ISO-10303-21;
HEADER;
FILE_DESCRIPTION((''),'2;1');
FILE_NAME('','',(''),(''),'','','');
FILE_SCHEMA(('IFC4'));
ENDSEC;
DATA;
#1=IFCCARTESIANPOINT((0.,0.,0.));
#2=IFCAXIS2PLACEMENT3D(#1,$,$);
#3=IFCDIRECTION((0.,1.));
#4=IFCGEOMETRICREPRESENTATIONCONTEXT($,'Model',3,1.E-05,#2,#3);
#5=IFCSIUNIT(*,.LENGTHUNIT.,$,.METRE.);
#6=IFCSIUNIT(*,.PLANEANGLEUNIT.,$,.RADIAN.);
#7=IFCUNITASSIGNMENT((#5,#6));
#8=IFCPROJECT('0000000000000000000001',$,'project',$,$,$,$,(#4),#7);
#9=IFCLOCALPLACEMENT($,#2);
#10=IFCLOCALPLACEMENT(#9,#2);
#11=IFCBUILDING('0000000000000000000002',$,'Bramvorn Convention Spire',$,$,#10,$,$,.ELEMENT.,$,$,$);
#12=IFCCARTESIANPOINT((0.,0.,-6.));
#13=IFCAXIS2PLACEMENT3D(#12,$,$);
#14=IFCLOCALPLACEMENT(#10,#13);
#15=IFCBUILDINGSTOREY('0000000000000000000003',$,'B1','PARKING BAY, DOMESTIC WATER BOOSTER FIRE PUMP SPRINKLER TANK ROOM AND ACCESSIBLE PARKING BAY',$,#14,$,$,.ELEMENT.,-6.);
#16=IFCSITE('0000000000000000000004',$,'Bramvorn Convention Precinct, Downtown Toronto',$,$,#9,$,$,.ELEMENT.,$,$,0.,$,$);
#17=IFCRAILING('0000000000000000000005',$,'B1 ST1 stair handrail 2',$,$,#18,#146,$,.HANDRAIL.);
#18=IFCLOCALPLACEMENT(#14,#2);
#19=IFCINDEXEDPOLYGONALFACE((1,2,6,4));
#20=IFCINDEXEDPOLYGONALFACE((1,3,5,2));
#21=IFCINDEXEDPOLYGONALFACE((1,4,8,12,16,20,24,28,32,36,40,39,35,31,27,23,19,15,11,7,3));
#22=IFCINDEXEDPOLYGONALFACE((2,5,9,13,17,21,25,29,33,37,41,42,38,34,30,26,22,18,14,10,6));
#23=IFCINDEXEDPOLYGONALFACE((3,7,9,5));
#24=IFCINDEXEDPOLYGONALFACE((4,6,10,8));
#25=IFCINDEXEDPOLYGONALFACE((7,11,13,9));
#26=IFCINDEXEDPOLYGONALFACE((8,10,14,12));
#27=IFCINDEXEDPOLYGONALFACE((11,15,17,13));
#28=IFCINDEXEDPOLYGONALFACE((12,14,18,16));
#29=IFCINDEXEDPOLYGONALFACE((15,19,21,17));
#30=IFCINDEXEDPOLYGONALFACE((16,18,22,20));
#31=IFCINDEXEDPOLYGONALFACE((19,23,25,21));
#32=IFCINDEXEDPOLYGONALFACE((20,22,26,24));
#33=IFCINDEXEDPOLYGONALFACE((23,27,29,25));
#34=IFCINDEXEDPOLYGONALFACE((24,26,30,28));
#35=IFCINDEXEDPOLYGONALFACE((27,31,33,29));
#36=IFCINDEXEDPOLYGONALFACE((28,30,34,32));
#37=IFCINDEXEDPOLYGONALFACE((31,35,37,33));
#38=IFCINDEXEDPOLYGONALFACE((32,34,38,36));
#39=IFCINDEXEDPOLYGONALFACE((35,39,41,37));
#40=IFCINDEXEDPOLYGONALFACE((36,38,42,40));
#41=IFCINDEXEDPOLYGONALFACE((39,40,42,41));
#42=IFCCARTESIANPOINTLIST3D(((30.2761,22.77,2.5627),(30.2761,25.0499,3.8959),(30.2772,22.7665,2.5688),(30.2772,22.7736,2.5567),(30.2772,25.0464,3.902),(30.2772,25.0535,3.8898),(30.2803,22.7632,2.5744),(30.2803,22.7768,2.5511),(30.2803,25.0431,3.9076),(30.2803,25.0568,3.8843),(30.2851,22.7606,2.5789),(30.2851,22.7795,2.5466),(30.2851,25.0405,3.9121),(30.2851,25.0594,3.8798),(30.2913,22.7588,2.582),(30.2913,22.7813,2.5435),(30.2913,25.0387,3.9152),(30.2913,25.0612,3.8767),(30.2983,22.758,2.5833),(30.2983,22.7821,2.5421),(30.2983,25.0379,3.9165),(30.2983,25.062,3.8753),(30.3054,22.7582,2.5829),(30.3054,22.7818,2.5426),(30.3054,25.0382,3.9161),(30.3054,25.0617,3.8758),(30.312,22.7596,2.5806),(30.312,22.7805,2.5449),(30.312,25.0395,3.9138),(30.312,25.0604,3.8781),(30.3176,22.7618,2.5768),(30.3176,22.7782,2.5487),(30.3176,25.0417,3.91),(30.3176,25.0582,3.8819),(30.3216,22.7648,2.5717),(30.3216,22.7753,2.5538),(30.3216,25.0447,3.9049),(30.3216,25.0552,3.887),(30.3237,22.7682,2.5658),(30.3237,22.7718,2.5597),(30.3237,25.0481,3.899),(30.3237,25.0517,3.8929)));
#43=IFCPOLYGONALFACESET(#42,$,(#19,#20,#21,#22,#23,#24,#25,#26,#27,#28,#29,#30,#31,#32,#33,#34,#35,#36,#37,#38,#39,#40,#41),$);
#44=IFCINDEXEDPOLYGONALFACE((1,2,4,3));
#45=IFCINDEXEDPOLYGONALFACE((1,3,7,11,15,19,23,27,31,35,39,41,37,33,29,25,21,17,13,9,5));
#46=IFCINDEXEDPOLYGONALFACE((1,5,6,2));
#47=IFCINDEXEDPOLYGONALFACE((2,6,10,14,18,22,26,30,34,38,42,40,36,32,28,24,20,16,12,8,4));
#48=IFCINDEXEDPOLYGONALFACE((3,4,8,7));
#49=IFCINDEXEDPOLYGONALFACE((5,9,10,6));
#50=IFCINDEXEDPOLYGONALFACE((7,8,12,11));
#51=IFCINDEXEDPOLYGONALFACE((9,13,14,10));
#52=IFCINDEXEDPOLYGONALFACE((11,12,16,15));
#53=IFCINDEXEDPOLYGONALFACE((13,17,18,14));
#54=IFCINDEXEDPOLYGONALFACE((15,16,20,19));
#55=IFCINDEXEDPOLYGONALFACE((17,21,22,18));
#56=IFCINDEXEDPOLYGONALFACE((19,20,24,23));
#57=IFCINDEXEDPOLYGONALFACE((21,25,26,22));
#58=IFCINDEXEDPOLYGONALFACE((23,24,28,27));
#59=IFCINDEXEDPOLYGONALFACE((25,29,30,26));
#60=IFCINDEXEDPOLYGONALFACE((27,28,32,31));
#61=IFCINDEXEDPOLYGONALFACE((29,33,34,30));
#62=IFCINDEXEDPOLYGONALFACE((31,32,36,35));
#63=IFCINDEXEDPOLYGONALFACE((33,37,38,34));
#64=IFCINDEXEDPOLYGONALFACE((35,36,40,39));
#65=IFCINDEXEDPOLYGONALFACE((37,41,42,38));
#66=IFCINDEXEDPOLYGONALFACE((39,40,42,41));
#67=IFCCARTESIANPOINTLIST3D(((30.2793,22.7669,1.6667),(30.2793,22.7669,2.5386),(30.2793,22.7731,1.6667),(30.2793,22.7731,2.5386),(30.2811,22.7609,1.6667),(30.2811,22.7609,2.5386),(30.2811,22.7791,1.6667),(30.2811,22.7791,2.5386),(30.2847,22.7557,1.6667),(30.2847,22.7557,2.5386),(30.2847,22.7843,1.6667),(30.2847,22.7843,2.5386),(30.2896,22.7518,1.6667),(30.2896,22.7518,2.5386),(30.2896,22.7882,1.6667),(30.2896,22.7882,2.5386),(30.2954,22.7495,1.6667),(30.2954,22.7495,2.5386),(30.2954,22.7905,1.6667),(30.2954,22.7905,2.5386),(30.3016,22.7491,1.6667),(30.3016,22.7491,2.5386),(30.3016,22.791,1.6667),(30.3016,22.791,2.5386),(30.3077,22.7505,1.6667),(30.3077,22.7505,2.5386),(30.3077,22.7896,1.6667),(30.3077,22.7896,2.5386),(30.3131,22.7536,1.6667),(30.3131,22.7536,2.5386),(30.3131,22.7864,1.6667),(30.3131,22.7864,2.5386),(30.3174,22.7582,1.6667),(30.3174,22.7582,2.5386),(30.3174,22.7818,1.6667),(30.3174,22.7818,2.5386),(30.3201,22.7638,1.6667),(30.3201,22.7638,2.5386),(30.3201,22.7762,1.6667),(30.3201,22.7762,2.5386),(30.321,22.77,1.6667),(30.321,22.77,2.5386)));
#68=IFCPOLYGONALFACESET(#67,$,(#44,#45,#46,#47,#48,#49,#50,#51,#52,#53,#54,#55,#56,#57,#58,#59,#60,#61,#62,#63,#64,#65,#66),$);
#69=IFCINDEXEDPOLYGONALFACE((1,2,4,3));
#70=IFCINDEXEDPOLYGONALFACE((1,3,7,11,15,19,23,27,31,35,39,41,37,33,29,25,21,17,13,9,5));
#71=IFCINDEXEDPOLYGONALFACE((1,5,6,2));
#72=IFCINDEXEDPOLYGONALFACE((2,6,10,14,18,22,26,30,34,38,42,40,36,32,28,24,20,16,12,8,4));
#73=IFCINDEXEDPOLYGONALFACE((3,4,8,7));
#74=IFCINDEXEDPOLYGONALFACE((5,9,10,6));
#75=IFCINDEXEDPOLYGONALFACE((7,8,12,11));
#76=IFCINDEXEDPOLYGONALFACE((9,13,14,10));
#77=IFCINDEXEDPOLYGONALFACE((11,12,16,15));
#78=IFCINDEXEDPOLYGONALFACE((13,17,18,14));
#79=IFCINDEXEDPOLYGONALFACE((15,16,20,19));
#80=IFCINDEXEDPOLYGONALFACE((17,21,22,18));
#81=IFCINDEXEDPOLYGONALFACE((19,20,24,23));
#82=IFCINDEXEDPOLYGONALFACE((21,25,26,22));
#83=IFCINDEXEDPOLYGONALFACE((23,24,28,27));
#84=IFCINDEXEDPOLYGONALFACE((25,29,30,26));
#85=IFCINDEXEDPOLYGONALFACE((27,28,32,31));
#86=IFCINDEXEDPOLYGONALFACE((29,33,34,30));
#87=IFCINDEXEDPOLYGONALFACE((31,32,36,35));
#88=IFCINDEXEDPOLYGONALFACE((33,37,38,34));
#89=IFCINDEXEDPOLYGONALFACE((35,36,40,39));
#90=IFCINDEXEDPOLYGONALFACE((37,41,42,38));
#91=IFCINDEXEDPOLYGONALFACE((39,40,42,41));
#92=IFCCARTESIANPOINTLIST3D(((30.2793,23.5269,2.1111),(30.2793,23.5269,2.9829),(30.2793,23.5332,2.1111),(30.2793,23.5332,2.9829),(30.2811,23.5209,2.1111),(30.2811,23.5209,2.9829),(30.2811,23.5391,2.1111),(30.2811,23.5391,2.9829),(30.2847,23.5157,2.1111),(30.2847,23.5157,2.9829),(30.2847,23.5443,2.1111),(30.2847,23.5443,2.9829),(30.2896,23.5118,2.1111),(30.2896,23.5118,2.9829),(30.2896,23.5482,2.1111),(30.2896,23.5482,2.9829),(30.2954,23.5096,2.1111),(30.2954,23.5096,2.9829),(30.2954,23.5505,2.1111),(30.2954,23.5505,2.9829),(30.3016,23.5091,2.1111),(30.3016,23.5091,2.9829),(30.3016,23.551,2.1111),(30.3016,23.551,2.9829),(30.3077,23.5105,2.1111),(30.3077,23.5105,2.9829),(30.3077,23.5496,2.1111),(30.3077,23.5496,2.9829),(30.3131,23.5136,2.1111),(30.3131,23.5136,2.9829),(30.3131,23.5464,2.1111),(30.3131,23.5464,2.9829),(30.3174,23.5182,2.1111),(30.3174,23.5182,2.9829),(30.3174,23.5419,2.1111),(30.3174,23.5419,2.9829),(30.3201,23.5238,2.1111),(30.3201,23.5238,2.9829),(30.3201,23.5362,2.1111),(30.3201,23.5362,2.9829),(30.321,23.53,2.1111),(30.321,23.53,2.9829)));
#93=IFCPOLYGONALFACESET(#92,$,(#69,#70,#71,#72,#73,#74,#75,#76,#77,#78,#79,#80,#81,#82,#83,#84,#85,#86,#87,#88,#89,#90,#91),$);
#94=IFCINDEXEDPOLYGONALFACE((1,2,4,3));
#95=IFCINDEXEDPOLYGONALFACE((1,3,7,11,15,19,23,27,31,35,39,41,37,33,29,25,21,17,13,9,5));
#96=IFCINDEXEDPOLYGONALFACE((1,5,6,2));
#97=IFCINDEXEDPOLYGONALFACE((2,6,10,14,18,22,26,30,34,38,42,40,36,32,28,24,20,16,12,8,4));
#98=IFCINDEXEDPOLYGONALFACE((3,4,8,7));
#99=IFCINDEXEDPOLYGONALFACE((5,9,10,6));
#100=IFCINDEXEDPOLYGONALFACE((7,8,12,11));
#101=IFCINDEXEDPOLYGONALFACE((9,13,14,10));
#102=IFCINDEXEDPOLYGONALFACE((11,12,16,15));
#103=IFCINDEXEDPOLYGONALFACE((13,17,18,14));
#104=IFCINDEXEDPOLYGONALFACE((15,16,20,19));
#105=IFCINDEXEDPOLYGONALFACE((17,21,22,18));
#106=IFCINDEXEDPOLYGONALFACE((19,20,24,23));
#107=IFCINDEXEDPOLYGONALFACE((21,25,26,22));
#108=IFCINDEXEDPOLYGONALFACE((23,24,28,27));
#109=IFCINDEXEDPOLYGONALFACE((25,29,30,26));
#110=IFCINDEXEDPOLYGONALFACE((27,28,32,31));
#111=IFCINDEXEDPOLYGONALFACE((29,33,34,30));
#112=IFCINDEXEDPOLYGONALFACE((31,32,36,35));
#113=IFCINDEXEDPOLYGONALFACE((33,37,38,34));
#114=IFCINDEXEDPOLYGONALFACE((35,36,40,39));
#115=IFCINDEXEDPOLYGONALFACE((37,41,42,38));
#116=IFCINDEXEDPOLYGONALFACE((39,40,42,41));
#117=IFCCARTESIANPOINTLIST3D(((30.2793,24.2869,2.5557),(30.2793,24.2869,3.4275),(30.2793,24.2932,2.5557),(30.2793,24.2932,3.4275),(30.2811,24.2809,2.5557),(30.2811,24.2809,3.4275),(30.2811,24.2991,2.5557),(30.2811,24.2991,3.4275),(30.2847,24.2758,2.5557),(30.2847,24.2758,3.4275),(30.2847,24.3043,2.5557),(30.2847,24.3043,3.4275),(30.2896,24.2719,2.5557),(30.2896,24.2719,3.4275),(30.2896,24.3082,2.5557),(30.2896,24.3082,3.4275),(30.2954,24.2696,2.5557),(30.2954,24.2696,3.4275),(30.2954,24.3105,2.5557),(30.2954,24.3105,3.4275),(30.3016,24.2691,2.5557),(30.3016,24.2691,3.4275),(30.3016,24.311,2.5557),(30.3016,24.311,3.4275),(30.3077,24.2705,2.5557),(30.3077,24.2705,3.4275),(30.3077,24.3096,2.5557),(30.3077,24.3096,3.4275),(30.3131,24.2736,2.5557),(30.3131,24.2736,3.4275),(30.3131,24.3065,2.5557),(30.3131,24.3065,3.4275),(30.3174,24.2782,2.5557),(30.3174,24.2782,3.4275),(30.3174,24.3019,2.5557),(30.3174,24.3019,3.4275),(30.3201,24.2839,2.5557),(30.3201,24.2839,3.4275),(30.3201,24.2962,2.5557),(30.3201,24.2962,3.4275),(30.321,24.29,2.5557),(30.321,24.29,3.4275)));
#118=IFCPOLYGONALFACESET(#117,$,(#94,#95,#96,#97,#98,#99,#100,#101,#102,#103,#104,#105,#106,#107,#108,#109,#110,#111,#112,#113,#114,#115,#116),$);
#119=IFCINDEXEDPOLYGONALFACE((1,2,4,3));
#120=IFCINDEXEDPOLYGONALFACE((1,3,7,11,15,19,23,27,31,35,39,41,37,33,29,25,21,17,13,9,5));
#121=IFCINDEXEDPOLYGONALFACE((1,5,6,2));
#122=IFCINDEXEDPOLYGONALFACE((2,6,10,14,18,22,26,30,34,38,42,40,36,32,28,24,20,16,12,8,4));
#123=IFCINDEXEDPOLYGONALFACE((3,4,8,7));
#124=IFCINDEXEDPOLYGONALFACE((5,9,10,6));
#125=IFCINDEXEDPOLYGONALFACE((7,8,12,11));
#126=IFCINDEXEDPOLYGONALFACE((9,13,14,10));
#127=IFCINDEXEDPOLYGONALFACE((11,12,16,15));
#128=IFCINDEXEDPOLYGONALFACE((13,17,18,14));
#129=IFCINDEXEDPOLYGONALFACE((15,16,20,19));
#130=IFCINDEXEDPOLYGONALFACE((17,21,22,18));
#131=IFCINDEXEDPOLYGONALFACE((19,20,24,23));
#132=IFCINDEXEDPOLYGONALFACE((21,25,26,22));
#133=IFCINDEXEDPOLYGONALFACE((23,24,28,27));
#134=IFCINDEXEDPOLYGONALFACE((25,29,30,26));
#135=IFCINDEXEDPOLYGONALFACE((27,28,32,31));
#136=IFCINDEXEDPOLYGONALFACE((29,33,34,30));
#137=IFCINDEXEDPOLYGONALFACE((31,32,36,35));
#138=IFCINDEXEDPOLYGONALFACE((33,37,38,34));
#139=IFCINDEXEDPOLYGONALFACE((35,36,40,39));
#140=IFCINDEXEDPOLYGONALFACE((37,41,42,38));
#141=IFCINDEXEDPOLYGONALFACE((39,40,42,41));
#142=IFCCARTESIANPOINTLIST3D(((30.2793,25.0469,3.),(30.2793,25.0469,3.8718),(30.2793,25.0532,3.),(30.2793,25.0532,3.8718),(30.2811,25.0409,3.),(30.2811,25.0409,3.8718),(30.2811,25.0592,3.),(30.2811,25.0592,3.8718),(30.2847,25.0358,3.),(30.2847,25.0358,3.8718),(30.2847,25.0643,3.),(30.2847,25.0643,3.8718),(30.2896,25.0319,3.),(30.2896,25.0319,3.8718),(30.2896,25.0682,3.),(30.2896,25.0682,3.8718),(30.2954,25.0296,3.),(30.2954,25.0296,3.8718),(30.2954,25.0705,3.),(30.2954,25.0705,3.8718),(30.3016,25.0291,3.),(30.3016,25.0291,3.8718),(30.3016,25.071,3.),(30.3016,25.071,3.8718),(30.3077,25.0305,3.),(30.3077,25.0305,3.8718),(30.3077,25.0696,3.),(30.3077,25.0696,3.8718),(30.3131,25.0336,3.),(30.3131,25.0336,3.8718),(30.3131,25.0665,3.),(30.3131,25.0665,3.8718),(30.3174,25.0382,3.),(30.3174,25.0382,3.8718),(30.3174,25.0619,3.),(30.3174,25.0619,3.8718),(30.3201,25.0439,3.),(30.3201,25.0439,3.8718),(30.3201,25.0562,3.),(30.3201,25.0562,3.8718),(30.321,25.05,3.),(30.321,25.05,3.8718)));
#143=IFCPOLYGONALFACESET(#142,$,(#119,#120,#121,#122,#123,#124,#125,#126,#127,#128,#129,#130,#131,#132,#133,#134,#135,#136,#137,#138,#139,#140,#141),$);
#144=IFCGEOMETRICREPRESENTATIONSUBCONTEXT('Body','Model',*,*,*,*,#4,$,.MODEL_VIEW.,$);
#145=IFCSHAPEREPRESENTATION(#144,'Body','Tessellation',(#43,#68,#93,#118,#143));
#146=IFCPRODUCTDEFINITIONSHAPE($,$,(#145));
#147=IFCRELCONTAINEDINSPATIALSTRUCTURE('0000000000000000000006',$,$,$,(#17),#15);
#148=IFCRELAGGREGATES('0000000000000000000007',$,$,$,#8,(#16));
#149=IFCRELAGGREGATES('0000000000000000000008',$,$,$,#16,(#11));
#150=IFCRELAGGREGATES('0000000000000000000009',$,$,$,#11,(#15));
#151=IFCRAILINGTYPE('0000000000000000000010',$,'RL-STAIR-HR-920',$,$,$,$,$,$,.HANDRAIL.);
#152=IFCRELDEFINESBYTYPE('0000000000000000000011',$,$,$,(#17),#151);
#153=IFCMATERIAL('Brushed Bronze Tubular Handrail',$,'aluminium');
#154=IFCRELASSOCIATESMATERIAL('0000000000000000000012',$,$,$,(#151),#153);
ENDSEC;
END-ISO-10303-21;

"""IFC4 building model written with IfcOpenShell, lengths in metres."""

from ifc_helpers import new_model, si_unit, direction, frame, origin, origin_2d, place, context, subcontext, project, spatial, circle, extrude, material, type_object, element, save


model = new_model("IFC4")

# Units and contexts
model_context = context("Model", 3, precision=1e-05, world=origin(), true_north=direction((0.0, 1.0)))
body_context = subcontext(model_context, "Body", "Model", "MODEL_VIEW")
ifc_project = project(units=[si_unit("LENGTHUNIT", "METRE"), si_unit("PLANEANGLEUNIT", "RADIAN")], contexts=[model_context])

# Site, building, storey
site_placement = place(None, origin())
site = spatial("IfcSite", under=ifc_project, at=site_placement, Name="Bramvorn Convention Precinct, Downtown Toronto", CompositionType="ELEMENT", RefElevation=0.0)
building_placement = place(site_placement, origin())
building = spatial("IfcBuilding", under=site, at=building_placement, Name="Bramvorn Convention Spire", CompositionType="ELEMENT")
storey_placement = place(building_placement, frame((0.0, 0.0, -6.0)))
storey = spatial("IfcBuildingStorey", under=building, at=storey_placement, Name="B1", Description="PARKING BAY, DOMESTIC WATER BOOSTER FIRE PUMP SPRINKLER TANK ROOM AND ACCESSIBLE PARKING BAY", CompositionType="ELEMENT", Elevation=-6.0)

# Railing
ifc_material_1 = material(Name="Brushed Bronze Tubular Handrail", Category="aluminium")
railing_type_1 = type_object("IfcRailingType", Name="RL-STAIR-HR-920", PredefinedType="HANDRAIL", material=ifc_material_1)
railing_1_placement = place(storey_placement, frame((30.3, 22.77, 1.6667)))
element("IfcRailing", 1, at=railing_1_placement, inside=storey, type_object=railing_type_1, Name="B1 ST1 stair handrail 2", PredefinedType="HANDRAIL", context=body_context, shape_type="SweptSolid", body=[
    extrude(circle(Radius=0.0239, at=origin_2d()), frame((0.0, 0.0, 0.896), z_axis=(0.0, 0.863245, 0.504785), x_axis=(-1.0, 0.0, 0.0)), (0.0, 0.0, 1.0), 2.6411),
    extrude(circle(Radius=0.021, at=origin_2d()), origin(), (0.0, 0.0, 1.0), 0.8718),
    extrude(circle(Radius=0.021, at=origin_2d()), frame((0.0, 0.76, 0.4443)), (0.0, 0.0, 1.0), 0.8718),
    extrude(circle(Radius=0.021, at=origin_2d()), frame((0.0, 1.52, 0.8889)), (0.0, 0.0, 1.0), 0.8718),
    extrude(circle(Radius=0.021, at=origin_2d()), frame((0.0, 2.28, 1.3333)), (0.0, 0.0, 1.0), 0.8718),
])

save(model, "model.ifc")
